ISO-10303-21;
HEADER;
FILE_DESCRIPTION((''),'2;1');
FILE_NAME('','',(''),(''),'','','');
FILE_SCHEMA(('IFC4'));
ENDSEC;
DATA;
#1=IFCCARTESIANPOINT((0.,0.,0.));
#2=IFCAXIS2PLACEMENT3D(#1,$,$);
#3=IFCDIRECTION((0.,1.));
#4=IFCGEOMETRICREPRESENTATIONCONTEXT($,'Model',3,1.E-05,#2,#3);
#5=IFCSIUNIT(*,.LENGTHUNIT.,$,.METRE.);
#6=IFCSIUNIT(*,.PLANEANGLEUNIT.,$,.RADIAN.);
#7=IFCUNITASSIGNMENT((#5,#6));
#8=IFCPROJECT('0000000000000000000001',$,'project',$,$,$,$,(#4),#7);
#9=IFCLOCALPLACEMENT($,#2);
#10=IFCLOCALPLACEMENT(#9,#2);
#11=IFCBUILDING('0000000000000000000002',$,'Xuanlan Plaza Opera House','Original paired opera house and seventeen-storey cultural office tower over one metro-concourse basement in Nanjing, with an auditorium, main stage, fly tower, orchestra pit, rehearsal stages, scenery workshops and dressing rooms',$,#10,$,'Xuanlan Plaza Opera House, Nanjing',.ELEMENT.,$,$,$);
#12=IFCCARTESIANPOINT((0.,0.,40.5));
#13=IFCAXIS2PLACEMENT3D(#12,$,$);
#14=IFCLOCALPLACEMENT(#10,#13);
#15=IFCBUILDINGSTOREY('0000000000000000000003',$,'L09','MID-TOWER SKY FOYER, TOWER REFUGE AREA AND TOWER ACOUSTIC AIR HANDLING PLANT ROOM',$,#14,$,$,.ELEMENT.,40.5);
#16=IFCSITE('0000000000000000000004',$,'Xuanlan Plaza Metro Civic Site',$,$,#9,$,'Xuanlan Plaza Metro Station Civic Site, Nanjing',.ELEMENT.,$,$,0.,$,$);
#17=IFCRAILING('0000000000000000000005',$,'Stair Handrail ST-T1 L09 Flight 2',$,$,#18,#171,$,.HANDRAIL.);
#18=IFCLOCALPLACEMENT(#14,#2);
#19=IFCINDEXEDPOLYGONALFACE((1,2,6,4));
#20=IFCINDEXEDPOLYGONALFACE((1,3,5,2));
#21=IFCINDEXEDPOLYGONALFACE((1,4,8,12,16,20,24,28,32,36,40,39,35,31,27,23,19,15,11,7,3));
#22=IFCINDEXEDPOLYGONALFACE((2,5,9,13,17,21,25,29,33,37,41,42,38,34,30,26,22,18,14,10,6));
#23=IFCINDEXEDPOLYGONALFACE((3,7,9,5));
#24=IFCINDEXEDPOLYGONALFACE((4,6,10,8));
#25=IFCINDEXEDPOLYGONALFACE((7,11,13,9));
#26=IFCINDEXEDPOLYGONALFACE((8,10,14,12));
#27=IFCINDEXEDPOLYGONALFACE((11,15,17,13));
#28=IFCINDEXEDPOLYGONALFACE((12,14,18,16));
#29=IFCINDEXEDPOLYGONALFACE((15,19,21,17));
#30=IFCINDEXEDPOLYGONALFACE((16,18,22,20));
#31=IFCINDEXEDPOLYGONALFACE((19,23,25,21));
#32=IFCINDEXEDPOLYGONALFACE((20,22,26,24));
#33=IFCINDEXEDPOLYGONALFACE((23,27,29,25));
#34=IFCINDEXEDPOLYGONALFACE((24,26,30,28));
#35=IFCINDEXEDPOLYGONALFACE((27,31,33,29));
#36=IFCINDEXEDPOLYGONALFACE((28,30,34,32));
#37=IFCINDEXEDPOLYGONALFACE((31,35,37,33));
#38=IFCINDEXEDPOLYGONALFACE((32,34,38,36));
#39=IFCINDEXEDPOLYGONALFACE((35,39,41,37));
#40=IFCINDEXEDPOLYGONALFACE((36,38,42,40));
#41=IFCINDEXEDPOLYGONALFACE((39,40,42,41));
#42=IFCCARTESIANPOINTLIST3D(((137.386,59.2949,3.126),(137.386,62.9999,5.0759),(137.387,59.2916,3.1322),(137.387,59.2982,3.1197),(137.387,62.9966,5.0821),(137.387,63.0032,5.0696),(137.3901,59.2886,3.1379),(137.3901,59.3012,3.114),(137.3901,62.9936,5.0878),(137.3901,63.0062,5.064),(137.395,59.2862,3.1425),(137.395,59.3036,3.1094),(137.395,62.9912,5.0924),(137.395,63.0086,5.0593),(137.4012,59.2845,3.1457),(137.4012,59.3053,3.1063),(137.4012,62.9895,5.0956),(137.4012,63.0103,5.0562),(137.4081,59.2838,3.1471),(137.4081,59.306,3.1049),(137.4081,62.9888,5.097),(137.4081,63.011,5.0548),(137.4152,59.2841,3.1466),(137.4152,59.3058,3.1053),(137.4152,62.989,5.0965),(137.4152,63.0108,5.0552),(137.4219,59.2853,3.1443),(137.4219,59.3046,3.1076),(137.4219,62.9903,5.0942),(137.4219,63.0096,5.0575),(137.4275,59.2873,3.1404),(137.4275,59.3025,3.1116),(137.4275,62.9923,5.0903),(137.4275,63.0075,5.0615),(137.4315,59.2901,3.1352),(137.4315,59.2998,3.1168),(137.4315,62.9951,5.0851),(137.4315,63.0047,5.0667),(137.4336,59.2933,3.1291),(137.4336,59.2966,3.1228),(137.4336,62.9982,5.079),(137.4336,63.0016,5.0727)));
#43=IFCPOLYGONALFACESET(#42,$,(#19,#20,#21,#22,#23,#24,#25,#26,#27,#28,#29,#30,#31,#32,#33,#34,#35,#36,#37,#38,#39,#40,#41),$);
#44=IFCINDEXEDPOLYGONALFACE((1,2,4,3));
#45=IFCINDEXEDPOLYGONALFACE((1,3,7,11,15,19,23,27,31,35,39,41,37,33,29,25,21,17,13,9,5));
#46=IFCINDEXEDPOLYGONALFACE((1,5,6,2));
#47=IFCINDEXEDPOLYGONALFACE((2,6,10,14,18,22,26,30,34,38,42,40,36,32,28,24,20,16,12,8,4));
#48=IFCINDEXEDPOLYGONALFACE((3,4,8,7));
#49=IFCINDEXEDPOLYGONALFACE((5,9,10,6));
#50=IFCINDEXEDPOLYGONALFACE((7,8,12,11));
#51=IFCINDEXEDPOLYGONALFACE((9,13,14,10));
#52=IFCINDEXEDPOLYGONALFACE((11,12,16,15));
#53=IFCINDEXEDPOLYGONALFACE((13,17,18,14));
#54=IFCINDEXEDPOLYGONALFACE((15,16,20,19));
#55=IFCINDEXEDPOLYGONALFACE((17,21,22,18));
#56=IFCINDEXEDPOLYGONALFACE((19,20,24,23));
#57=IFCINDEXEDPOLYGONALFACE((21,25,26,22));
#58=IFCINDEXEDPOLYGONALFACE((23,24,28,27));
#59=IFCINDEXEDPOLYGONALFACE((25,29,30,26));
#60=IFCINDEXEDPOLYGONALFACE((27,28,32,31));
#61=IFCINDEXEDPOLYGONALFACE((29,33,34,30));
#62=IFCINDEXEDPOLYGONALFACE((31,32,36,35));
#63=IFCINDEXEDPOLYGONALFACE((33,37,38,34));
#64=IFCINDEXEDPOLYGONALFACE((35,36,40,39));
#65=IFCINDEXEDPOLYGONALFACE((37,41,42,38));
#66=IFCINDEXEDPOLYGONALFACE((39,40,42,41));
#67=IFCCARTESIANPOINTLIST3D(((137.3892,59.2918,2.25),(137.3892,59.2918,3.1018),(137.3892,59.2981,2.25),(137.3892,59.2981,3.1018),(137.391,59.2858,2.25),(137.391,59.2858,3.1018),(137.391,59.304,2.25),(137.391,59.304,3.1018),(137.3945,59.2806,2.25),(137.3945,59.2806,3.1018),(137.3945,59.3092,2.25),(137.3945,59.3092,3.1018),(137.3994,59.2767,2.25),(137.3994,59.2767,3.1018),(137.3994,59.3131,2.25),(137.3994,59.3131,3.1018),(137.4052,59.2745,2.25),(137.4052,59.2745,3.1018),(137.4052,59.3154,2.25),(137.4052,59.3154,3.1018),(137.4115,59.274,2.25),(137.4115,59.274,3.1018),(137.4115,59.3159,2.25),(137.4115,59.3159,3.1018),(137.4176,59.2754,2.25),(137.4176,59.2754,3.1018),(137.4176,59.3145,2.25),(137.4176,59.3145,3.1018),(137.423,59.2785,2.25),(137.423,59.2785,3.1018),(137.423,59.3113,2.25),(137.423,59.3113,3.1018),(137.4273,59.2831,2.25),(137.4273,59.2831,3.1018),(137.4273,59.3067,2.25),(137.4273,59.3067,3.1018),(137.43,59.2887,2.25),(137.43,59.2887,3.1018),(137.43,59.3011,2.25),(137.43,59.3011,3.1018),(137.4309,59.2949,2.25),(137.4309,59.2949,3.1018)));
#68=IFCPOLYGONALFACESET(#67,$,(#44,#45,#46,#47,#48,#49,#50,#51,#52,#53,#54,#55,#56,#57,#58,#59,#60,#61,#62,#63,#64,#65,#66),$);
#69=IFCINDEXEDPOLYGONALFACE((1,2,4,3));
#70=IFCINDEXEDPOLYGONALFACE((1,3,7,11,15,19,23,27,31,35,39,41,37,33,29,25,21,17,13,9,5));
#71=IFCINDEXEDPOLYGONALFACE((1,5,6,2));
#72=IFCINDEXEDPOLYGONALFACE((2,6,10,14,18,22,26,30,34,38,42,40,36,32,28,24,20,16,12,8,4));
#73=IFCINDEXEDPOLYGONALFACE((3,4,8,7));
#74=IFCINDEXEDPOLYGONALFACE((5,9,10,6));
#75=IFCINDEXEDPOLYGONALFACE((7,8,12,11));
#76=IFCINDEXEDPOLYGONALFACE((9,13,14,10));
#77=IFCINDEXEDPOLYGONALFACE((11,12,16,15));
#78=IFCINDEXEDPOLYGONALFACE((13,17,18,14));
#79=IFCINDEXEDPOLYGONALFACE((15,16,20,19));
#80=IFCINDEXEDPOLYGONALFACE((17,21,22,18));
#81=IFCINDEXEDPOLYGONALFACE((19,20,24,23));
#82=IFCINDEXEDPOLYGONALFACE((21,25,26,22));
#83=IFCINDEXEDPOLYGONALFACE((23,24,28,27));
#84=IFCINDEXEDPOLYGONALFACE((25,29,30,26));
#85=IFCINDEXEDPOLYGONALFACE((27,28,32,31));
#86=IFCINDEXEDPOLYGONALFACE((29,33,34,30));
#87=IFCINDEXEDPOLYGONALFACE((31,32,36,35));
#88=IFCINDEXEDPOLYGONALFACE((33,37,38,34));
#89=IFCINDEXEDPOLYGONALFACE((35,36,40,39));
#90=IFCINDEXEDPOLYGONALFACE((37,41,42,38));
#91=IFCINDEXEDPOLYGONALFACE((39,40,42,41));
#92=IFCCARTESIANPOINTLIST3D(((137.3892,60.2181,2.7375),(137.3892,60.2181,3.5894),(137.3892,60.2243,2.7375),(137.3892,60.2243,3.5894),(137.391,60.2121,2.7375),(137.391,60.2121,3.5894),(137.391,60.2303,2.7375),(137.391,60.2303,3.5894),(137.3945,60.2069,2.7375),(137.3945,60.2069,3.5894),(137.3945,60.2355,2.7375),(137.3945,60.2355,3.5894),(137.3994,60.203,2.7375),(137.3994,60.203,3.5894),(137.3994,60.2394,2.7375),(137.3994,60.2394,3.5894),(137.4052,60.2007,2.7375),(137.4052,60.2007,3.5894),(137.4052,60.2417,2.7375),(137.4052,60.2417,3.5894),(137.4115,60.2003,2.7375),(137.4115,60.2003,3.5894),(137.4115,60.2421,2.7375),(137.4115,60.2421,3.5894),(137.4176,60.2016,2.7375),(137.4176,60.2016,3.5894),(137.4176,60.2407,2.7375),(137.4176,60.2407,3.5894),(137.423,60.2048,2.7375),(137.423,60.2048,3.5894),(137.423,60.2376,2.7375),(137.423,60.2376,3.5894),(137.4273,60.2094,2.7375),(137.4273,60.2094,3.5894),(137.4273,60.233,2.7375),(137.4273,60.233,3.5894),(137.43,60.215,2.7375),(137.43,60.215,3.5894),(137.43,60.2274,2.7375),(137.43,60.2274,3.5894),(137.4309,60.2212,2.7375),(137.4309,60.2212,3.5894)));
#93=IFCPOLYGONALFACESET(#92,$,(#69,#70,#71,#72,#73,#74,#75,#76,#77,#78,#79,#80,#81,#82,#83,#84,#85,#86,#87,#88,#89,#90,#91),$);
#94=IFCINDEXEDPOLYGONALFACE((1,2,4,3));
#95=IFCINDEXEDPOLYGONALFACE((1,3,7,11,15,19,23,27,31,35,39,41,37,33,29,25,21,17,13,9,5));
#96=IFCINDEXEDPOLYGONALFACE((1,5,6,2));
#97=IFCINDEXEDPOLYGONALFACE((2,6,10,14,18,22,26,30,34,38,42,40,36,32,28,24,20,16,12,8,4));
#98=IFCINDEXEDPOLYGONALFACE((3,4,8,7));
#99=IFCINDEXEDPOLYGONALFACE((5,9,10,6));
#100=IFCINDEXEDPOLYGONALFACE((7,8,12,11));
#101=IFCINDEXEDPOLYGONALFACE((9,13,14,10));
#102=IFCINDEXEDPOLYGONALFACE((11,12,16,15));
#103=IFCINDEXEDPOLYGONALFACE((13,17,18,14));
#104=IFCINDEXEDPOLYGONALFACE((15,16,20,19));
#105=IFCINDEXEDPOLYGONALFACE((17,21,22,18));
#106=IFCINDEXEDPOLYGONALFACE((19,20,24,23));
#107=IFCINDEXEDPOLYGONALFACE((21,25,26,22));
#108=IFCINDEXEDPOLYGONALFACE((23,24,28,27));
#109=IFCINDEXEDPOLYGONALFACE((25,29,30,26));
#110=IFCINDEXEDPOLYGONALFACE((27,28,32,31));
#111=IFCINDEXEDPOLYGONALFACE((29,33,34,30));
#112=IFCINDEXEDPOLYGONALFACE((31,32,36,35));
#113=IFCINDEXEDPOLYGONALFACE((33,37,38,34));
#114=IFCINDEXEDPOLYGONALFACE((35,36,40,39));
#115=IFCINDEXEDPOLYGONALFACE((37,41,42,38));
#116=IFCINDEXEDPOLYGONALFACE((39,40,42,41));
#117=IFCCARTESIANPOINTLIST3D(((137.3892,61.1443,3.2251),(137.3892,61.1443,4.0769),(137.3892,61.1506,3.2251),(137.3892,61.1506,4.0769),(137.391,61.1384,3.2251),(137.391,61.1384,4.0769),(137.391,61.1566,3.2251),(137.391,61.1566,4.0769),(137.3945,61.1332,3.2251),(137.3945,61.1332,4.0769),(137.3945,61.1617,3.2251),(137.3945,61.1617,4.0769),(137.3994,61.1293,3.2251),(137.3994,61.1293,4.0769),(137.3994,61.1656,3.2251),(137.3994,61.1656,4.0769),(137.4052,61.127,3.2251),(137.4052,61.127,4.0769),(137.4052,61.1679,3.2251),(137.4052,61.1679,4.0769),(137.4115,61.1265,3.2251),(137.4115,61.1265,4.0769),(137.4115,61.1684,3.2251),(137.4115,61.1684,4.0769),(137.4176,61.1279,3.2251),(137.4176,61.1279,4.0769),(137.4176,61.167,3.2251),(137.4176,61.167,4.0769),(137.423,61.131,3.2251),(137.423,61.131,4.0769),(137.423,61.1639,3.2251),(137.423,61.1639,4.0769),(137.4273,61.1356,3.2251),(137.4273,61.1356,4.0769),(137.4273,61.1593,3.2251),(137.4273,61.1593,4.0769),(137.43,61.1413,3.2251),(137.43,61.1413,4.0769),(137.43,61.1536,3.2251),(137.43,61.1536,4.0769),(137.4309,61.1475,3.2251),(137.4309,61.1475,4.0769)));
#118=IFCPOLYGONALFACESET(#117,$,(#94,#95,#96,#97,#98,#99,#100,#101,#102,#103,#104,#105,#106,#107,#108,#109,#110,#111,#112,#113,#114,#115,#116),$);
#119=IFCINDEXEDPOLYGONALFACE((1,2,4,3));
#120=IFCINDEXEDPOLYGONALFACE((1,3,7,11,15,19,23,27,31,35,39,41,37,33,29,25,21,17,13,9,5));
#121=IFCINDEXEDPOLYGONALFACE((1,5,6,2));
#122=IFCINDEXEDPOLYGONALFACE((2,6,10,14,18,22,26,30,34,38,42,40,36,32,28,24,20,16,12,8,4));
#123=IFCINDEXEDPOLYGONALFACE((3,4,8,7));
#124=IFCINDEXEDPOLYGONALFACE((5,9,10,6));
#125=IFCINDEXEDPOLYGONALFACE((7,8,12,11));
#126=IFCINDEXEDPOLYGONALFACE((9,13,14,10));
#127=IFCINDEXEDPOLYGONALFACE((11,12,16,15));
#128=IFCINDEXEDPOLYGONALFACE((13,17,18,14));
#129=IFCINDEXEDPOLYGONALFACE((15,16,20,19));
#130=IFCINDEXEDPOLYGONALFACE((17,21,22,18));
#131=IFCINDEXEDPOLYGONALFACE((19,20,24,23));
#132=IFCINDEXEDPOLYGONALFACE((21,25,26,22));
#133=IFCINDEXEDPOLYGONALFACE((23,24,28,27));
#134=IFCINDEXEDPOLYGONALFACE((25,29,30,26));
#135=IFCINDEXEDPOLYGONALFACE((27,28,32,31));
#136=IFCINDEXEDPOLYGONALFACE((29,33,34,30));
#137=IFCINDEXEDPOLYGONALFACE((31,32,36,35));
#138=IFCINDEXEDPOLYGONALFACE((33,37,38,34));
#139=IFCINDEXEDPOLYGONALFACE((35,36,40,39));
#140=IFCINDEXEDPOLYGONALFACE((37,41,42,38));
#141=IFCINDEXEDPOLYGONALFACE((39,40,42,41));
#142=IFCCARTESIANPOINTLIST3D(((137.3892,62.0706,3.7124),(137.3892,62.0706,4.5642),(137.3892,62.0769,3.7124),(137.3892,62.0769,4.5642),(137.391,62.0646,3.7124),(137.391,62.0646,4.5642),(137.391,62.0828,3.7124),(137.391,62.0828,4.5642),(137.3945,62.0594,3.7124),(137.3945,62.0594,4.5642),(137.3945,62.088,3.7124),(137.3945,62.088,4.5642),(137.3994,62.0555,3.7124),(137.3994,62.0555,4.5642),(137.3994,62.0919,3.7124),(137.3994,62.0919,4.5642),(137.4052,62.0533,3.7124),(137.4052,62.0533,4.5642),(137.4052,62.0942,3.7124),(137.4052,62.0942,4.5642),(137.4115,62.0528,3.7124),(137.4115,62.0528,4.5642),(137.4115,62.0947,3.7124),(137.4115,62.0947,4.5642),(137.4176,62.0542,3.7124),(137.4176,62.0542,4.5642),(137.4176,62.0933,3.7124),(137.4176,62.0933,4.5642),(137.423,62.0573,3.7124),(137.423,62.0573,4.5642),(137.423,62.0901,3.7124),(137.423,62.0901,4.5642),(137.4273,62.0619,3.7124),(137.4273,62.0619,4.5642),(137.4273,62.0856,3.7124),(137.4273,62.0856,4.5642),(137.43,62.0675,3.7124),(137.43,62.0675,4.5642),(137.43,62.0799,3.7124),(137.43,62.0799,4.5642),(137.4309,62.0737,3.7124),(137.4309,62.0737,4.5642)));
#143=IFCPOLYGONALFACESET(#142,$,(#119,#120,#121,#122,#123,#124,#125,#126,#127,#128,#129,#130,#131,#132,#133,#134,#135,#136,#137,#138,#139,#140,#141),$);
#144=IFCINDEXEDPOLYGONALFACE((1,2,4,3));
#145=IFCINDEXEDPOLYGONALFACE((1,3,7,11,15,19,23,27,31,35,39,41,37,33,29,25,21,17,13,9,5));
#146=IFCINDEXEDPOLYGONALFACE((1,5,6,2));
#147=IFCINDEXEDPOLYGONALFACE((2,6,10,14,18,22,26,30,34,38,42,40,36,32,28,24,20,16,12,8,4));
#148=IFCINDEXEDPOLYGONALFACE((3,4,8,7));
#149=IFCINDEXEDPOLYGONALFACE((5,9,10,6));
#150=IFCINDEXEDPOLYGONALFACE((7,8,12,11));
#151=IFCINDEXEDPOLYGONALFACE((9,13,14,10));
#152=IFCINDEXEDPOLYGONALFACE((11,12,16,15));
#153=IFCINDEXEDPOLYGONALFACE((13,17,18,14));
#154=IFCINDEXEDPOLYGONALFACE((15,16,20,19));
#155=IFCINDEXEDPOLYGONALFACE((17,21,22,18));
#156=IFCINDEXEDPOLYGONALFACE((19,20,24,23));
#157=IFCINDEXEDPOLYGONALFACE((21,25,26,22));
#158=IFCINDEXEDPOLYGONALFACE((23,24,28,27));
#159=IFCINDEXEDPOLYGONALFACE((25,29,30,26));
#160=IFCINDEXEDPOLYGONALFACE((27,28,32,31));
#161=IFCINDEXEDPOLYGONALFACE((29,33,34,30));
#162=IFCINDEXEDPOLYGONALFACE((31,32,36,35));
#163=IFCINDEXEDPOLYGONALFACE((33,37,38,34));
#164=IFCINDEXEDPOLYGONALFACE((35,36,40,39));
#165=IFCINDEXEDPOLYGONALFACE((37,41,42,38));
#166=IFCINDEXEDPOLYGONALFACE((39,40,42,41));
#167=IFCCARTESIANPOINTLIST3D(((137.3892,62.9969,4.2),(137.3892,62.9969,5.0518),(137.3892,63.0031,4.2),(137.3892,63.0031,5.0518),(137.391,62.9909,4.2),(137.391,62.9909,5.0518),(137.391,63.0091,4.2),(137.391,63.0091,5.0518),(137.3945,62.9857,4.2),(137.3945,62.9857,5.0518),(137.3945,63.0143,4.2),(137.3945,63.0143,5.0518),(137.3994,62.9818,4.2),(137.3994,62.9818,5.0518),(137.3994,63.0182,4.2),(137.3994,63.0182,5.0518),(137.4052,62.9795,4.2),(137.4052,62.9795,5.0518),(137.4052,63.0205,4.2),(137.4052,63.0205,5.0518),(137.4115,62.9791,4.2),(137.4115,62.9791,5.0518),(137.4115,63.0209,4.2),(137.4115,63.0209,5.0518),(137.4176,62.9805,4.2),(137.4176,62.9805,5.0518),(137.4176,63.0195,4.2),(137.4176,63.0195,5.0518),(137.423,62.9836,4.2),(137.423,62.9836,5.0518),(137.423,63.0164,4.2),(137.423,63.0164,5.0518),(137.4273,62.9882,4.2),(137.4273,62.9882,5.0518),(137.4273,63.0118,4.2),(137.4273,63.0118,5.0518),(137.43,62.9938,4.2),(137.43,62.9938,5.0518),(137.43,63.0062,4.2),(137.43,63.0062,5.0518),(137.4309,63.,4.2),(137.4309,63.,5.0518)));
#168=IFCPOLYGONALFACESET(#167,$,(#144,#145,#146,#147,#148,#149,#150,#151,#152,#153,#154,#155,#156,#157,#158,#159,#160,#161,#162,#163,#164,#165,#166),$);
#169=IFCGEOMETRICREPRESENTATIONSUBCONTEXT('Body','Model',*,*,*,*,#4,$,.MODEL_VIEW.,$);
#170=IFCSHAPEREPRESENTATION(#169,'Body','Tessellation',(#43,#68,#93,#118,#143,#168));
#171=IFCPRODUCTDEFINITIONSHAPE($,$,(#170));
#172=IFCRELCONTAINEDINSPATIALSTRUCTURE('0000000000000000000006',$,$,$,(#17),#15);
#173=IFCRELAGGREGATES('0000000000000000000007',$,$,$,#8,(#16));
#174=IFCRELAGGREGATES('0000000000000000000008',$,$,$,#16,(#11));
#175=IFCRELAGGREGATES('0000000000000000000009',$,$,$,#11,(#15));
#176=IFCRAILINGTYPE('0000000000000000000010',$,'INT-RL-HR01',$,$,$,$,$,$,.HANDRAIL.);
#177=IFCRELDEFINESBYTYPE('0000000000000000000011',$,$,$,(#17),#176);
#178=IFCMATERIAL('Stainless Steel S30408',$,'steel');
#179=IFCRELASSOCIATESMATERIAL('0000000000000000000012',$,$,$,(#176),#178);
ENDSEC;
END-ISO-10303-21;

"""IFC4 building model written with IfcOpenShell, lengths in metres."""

from ifc_helpers import new_model, si_unit, direction, frame, origin, origin_2d, place, context, subcontext, project, spatial, circle, extrude, material, type_object, element, save


model = new_model("IFC4")

# Units and contexts
model_context = context("Model", 3, precision=1e-05, world=origin(), true_north=direction((0.0, 1.0)))
body_context = subcontext(model_context, "Body", "Model", "MODEL_VIEW")
ifc_project = project(units=[si_unit("LENGTHUNIT", "METRE"), si_unit("PLANEANGLEUNIT", "RADIAN")], contexts=[model_context])

# Site, building, storey
site_placement = place(None, origin())
site = spatial("IfcSite", under=ifc_project, at=site_placement, Name="Xuanlan Plaza Metro Civic Site", LongName="Xuanlan Plaza Metro Station Civic Site, Nanjing", CompositionType="ELEMENT", RefElevation=0.0)
building_placement = place(site_placement, origin())
building = spatial("IfcBuilding", under=site, at=building_placement, Name="Xuanlan Plaza Opera House", Description="Original paired opera house and seventeen-storey cultural office tower over one metro-concourse basement in Nanjing, with an auditorium, main stage, fly tower, orchestra pit, rehearsal stages, scenery workshops and dressing rooms", LongName="Xuanlan Plaza Opera House, Nanjing", CompositionType="ELEMENT")
storey_placement = place(building_placement, frame((0.0, 0.0, 40.5)))
storey = spatial("IfcBuildingStorey", under=building, at=storey_placement, Name="L09", Description="MID-TOWER SKY FOYER, TOWER REFUGE AREA AND TOWER ACOUSTIC AIR HANDLING PLANT ROOM", CompositionType="ELEMENT", Elevation=40.5)

# Railing
ifc_material_1 = material(Name="Stainless Steel S30408", Category="steel")
railing_type = type_object("IfcRailingType", Name="INT-RL-HR01", PredefinedType="HANDRAIL", material=ifc_material_1)
for number, where, name in (
    (1, (137.4099, 59.2949, 2.25), "Stair Handrail ST-T1 L09 Flight 2"),
):
    element("IfcRailing", number, at=place(storey_placement, frame(where)), inside=storey, type_object=railing_type, Name=name, PredefinedType="HANDRAIL", context=body_context, shape_type="SweptSolid", body=[
        extrude(circle(Radius=0.0239, at=origin_2d()), frame((0.0, 0.0, 0.876), z_axis=(0.0, 0.884927, 0.46573), x_axis=(-1.0, 0.0, 0.0)), (0.0, 0.0, 1.0), 4.1868),
        extrude(circle(Radius=0.021, at=origin_2d()), origin(), (0.0, 0.0, 1.0), 0.8518),
        extrude(circle(Radius=0.021, at=origin_2d()), frame((0.0, 0.9263, 0.4875)), (0.0, 0.0, 1.0), 0.8518),
        extrude(circle(Radius=0.021, at=origin_2d()), frame((0.0, 1.8525, 0.9751)), (0.0, 0.0, 1.0), 0.8518),
        extrude(circle(Radius=0.021, at=origin_2d()), frame((0.0, 2.7788, 1.4624)), (0.0, 0.0, 1.0), 0.8518),
        extrude(circle(Radius=0.021, at=origin_2d()), frame((0.0, 3.7051, 1.95)), (0.0, 0.0, 1.0), 0.8518),
    ])

save(model, "model.ifc")
